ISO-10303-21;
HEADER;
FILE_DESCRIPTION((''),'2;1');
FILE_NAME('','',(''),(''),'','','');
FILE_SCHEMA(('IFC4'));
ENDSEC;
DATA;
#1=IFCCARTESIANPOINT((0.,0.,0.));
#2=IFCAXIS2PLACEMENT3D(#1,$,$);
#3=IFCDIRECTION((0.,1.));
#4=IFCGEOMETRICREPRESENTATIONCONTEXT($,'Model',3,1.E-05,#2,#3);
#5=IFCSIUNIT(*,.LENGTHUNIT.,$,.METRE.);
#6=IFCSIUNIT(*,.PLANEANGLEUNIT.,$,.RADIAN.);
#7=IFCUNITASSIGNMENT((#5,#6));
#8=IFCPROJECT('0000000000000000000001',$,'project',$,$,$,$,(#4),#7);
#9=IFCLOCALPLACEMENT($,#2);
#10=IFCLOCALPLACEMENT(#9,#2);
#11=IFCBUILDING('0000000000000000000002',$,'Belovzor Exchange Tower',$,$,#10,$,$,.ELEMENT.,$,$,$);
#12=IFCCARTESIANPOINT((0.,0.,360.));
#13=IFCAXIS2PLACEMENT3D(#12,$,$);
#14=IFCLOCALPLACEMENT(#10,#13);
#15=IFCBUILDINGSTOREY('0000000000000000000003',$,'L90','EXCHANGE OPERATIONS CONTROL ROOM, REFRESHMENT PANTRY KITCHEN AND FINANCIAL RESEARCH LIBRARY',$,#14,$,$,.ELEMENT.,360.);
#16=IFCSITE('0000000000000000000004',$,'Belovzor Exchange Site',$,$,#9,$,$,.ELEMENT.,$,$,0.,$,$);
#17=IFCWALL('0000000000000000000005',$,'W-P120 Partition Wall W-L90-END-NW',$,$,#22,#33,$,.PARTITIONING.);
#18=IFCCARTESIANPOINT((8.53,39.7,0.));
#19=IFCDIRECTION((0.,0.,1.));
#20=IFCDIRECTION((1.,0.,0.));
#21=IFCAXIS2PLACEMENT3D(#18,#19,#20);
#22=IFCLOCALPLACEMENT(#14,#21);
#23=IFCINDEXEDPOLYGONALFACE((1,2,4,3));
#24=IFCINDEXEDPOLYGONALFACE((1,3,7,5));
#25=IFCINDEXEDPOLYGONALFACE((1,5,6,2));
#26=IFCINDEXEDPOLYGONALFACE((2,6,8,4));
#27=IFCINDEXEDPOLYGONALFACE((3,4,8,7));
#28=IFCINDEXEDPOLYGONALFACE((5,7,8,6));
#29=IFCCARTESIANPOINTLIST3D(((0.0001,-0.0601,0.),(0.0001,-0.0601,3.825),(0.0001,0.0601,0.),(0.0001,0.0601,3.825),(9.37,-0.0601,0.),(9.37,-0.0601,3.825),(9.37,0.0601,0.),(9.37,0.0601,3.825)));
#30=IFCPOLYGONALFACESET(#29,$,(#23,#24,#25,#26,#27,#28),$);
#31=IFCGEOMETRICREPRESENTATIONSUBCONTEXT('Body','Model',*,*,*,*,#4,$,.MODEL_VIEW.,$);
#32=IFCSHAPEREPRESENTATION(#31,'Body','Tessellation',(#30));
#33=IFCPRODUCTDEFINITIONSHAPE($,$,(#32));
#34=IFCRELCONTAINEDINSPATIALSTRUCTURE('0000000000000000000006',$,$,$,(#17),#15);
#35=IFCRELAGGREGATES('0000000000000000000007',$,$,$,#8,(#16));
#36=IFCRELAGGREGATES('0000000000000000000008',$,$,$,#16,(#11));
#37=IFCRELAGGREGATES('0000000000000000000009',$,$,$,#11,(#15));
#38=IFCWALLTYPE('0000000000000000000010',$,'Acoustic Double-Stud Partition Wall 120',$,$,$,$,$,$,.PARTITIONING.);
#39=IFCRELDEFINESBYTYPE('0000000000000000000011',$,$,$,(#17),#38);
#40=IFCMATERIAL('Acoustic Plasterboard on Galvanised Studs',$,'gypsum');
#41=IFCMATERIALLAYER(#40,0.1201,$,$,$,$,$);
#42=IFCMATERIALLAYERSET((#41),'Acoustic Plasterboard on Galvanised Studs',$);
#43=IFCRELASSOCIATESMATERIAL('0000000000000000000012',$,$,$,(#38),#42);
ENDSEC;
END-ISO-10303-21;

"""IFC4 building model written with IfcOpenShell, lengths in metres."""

from ifc_helpers import new_model, si_unit, direction, frame, frame_2d, origin, place, context, subcontext, project, spatial, rectangle, extrude, material, layer, layer_set, type_object, element, save


model = new_model("IFC4")

# Units and contexts
model_context = context("Model", 3, precision=1e-05, world=origin(), true_north=direction((0.0, 1.0)))
body_context = subcontext(model_context, "Body", "Model", "MODEL_VIEW")
ifc_project = project(units=[si_unit("LENGTHUNIT", "METRE"), si_unit("PLANEANGLEUNIT", "RADIAN")], contexts=[model_context])

# Site, building, storey
site_placement = place(None, origin())
site = spatial("IfcSite", under=ifc_project, at=site_placement, Name="Belovzor Exchange Site", CompositionType="ELEMENT", RefElevation=0.0)
building_placement = place(site_placement, origin())
building = spatial("IfcBuilding", under=site, at=building_placement, Name="Belovzor Exchange Tower", CompositionType="ELEMENT")
storey_placement = place(building_placement, frame((0.0, 0.0, 360.0)))
storey = spatial("IfcBuildingStorey", under=building, at=storey_placement, Name="L90", Description="EXCHANGE OPERATIONS CONTROL ROOM, REFRESHMENT PANTRY KITCHEN AND FINANCIAL RESEARCH LIBRARY", CompositionType="ELEMENT", Elevation=360.0)

# Wall
ifc_material_1 = material(Name="Acoustic Plasterboard on Galvanised Studs", Category="gypsum")
ifc_layer_1 = layer(ifc_material_1, 0.1201)
ifc_layer_set_1 = layer_set([ifc_layer_1], Name="Acoustic Plasterboard on Galvanised Studs")
wall_type_1 = type_object("IfcWallType", Name="Acoustic Double-Stud Partition Wall 120", PredefinedType="PARTITIONING", material=ifc_layer_set_1)
wall_1_placement = place(storey_placement, frame((8.53, 39.7, 0.0), z_axis=(0.0, 0.0, 1.0), x_axis=(1.0, 0.0, 0.0)))
element("IfcWall", 1, at=wall_1_placement, inside=storey, type_object=wall_type_1, Name="W-P120 Partition Wall W-L90-END-NW", PredefinedType="PARTITIONING", context=body_context, shape_type="SweptSolid", body=[
    extrude(rectangle(XDim=9.3699, YDim=0.1201, at=frame_2d((4.6851, 0.0))), origin(), (0.0, 0.0, 1.0), 3.825),
])

save(model, "model.ifc")
